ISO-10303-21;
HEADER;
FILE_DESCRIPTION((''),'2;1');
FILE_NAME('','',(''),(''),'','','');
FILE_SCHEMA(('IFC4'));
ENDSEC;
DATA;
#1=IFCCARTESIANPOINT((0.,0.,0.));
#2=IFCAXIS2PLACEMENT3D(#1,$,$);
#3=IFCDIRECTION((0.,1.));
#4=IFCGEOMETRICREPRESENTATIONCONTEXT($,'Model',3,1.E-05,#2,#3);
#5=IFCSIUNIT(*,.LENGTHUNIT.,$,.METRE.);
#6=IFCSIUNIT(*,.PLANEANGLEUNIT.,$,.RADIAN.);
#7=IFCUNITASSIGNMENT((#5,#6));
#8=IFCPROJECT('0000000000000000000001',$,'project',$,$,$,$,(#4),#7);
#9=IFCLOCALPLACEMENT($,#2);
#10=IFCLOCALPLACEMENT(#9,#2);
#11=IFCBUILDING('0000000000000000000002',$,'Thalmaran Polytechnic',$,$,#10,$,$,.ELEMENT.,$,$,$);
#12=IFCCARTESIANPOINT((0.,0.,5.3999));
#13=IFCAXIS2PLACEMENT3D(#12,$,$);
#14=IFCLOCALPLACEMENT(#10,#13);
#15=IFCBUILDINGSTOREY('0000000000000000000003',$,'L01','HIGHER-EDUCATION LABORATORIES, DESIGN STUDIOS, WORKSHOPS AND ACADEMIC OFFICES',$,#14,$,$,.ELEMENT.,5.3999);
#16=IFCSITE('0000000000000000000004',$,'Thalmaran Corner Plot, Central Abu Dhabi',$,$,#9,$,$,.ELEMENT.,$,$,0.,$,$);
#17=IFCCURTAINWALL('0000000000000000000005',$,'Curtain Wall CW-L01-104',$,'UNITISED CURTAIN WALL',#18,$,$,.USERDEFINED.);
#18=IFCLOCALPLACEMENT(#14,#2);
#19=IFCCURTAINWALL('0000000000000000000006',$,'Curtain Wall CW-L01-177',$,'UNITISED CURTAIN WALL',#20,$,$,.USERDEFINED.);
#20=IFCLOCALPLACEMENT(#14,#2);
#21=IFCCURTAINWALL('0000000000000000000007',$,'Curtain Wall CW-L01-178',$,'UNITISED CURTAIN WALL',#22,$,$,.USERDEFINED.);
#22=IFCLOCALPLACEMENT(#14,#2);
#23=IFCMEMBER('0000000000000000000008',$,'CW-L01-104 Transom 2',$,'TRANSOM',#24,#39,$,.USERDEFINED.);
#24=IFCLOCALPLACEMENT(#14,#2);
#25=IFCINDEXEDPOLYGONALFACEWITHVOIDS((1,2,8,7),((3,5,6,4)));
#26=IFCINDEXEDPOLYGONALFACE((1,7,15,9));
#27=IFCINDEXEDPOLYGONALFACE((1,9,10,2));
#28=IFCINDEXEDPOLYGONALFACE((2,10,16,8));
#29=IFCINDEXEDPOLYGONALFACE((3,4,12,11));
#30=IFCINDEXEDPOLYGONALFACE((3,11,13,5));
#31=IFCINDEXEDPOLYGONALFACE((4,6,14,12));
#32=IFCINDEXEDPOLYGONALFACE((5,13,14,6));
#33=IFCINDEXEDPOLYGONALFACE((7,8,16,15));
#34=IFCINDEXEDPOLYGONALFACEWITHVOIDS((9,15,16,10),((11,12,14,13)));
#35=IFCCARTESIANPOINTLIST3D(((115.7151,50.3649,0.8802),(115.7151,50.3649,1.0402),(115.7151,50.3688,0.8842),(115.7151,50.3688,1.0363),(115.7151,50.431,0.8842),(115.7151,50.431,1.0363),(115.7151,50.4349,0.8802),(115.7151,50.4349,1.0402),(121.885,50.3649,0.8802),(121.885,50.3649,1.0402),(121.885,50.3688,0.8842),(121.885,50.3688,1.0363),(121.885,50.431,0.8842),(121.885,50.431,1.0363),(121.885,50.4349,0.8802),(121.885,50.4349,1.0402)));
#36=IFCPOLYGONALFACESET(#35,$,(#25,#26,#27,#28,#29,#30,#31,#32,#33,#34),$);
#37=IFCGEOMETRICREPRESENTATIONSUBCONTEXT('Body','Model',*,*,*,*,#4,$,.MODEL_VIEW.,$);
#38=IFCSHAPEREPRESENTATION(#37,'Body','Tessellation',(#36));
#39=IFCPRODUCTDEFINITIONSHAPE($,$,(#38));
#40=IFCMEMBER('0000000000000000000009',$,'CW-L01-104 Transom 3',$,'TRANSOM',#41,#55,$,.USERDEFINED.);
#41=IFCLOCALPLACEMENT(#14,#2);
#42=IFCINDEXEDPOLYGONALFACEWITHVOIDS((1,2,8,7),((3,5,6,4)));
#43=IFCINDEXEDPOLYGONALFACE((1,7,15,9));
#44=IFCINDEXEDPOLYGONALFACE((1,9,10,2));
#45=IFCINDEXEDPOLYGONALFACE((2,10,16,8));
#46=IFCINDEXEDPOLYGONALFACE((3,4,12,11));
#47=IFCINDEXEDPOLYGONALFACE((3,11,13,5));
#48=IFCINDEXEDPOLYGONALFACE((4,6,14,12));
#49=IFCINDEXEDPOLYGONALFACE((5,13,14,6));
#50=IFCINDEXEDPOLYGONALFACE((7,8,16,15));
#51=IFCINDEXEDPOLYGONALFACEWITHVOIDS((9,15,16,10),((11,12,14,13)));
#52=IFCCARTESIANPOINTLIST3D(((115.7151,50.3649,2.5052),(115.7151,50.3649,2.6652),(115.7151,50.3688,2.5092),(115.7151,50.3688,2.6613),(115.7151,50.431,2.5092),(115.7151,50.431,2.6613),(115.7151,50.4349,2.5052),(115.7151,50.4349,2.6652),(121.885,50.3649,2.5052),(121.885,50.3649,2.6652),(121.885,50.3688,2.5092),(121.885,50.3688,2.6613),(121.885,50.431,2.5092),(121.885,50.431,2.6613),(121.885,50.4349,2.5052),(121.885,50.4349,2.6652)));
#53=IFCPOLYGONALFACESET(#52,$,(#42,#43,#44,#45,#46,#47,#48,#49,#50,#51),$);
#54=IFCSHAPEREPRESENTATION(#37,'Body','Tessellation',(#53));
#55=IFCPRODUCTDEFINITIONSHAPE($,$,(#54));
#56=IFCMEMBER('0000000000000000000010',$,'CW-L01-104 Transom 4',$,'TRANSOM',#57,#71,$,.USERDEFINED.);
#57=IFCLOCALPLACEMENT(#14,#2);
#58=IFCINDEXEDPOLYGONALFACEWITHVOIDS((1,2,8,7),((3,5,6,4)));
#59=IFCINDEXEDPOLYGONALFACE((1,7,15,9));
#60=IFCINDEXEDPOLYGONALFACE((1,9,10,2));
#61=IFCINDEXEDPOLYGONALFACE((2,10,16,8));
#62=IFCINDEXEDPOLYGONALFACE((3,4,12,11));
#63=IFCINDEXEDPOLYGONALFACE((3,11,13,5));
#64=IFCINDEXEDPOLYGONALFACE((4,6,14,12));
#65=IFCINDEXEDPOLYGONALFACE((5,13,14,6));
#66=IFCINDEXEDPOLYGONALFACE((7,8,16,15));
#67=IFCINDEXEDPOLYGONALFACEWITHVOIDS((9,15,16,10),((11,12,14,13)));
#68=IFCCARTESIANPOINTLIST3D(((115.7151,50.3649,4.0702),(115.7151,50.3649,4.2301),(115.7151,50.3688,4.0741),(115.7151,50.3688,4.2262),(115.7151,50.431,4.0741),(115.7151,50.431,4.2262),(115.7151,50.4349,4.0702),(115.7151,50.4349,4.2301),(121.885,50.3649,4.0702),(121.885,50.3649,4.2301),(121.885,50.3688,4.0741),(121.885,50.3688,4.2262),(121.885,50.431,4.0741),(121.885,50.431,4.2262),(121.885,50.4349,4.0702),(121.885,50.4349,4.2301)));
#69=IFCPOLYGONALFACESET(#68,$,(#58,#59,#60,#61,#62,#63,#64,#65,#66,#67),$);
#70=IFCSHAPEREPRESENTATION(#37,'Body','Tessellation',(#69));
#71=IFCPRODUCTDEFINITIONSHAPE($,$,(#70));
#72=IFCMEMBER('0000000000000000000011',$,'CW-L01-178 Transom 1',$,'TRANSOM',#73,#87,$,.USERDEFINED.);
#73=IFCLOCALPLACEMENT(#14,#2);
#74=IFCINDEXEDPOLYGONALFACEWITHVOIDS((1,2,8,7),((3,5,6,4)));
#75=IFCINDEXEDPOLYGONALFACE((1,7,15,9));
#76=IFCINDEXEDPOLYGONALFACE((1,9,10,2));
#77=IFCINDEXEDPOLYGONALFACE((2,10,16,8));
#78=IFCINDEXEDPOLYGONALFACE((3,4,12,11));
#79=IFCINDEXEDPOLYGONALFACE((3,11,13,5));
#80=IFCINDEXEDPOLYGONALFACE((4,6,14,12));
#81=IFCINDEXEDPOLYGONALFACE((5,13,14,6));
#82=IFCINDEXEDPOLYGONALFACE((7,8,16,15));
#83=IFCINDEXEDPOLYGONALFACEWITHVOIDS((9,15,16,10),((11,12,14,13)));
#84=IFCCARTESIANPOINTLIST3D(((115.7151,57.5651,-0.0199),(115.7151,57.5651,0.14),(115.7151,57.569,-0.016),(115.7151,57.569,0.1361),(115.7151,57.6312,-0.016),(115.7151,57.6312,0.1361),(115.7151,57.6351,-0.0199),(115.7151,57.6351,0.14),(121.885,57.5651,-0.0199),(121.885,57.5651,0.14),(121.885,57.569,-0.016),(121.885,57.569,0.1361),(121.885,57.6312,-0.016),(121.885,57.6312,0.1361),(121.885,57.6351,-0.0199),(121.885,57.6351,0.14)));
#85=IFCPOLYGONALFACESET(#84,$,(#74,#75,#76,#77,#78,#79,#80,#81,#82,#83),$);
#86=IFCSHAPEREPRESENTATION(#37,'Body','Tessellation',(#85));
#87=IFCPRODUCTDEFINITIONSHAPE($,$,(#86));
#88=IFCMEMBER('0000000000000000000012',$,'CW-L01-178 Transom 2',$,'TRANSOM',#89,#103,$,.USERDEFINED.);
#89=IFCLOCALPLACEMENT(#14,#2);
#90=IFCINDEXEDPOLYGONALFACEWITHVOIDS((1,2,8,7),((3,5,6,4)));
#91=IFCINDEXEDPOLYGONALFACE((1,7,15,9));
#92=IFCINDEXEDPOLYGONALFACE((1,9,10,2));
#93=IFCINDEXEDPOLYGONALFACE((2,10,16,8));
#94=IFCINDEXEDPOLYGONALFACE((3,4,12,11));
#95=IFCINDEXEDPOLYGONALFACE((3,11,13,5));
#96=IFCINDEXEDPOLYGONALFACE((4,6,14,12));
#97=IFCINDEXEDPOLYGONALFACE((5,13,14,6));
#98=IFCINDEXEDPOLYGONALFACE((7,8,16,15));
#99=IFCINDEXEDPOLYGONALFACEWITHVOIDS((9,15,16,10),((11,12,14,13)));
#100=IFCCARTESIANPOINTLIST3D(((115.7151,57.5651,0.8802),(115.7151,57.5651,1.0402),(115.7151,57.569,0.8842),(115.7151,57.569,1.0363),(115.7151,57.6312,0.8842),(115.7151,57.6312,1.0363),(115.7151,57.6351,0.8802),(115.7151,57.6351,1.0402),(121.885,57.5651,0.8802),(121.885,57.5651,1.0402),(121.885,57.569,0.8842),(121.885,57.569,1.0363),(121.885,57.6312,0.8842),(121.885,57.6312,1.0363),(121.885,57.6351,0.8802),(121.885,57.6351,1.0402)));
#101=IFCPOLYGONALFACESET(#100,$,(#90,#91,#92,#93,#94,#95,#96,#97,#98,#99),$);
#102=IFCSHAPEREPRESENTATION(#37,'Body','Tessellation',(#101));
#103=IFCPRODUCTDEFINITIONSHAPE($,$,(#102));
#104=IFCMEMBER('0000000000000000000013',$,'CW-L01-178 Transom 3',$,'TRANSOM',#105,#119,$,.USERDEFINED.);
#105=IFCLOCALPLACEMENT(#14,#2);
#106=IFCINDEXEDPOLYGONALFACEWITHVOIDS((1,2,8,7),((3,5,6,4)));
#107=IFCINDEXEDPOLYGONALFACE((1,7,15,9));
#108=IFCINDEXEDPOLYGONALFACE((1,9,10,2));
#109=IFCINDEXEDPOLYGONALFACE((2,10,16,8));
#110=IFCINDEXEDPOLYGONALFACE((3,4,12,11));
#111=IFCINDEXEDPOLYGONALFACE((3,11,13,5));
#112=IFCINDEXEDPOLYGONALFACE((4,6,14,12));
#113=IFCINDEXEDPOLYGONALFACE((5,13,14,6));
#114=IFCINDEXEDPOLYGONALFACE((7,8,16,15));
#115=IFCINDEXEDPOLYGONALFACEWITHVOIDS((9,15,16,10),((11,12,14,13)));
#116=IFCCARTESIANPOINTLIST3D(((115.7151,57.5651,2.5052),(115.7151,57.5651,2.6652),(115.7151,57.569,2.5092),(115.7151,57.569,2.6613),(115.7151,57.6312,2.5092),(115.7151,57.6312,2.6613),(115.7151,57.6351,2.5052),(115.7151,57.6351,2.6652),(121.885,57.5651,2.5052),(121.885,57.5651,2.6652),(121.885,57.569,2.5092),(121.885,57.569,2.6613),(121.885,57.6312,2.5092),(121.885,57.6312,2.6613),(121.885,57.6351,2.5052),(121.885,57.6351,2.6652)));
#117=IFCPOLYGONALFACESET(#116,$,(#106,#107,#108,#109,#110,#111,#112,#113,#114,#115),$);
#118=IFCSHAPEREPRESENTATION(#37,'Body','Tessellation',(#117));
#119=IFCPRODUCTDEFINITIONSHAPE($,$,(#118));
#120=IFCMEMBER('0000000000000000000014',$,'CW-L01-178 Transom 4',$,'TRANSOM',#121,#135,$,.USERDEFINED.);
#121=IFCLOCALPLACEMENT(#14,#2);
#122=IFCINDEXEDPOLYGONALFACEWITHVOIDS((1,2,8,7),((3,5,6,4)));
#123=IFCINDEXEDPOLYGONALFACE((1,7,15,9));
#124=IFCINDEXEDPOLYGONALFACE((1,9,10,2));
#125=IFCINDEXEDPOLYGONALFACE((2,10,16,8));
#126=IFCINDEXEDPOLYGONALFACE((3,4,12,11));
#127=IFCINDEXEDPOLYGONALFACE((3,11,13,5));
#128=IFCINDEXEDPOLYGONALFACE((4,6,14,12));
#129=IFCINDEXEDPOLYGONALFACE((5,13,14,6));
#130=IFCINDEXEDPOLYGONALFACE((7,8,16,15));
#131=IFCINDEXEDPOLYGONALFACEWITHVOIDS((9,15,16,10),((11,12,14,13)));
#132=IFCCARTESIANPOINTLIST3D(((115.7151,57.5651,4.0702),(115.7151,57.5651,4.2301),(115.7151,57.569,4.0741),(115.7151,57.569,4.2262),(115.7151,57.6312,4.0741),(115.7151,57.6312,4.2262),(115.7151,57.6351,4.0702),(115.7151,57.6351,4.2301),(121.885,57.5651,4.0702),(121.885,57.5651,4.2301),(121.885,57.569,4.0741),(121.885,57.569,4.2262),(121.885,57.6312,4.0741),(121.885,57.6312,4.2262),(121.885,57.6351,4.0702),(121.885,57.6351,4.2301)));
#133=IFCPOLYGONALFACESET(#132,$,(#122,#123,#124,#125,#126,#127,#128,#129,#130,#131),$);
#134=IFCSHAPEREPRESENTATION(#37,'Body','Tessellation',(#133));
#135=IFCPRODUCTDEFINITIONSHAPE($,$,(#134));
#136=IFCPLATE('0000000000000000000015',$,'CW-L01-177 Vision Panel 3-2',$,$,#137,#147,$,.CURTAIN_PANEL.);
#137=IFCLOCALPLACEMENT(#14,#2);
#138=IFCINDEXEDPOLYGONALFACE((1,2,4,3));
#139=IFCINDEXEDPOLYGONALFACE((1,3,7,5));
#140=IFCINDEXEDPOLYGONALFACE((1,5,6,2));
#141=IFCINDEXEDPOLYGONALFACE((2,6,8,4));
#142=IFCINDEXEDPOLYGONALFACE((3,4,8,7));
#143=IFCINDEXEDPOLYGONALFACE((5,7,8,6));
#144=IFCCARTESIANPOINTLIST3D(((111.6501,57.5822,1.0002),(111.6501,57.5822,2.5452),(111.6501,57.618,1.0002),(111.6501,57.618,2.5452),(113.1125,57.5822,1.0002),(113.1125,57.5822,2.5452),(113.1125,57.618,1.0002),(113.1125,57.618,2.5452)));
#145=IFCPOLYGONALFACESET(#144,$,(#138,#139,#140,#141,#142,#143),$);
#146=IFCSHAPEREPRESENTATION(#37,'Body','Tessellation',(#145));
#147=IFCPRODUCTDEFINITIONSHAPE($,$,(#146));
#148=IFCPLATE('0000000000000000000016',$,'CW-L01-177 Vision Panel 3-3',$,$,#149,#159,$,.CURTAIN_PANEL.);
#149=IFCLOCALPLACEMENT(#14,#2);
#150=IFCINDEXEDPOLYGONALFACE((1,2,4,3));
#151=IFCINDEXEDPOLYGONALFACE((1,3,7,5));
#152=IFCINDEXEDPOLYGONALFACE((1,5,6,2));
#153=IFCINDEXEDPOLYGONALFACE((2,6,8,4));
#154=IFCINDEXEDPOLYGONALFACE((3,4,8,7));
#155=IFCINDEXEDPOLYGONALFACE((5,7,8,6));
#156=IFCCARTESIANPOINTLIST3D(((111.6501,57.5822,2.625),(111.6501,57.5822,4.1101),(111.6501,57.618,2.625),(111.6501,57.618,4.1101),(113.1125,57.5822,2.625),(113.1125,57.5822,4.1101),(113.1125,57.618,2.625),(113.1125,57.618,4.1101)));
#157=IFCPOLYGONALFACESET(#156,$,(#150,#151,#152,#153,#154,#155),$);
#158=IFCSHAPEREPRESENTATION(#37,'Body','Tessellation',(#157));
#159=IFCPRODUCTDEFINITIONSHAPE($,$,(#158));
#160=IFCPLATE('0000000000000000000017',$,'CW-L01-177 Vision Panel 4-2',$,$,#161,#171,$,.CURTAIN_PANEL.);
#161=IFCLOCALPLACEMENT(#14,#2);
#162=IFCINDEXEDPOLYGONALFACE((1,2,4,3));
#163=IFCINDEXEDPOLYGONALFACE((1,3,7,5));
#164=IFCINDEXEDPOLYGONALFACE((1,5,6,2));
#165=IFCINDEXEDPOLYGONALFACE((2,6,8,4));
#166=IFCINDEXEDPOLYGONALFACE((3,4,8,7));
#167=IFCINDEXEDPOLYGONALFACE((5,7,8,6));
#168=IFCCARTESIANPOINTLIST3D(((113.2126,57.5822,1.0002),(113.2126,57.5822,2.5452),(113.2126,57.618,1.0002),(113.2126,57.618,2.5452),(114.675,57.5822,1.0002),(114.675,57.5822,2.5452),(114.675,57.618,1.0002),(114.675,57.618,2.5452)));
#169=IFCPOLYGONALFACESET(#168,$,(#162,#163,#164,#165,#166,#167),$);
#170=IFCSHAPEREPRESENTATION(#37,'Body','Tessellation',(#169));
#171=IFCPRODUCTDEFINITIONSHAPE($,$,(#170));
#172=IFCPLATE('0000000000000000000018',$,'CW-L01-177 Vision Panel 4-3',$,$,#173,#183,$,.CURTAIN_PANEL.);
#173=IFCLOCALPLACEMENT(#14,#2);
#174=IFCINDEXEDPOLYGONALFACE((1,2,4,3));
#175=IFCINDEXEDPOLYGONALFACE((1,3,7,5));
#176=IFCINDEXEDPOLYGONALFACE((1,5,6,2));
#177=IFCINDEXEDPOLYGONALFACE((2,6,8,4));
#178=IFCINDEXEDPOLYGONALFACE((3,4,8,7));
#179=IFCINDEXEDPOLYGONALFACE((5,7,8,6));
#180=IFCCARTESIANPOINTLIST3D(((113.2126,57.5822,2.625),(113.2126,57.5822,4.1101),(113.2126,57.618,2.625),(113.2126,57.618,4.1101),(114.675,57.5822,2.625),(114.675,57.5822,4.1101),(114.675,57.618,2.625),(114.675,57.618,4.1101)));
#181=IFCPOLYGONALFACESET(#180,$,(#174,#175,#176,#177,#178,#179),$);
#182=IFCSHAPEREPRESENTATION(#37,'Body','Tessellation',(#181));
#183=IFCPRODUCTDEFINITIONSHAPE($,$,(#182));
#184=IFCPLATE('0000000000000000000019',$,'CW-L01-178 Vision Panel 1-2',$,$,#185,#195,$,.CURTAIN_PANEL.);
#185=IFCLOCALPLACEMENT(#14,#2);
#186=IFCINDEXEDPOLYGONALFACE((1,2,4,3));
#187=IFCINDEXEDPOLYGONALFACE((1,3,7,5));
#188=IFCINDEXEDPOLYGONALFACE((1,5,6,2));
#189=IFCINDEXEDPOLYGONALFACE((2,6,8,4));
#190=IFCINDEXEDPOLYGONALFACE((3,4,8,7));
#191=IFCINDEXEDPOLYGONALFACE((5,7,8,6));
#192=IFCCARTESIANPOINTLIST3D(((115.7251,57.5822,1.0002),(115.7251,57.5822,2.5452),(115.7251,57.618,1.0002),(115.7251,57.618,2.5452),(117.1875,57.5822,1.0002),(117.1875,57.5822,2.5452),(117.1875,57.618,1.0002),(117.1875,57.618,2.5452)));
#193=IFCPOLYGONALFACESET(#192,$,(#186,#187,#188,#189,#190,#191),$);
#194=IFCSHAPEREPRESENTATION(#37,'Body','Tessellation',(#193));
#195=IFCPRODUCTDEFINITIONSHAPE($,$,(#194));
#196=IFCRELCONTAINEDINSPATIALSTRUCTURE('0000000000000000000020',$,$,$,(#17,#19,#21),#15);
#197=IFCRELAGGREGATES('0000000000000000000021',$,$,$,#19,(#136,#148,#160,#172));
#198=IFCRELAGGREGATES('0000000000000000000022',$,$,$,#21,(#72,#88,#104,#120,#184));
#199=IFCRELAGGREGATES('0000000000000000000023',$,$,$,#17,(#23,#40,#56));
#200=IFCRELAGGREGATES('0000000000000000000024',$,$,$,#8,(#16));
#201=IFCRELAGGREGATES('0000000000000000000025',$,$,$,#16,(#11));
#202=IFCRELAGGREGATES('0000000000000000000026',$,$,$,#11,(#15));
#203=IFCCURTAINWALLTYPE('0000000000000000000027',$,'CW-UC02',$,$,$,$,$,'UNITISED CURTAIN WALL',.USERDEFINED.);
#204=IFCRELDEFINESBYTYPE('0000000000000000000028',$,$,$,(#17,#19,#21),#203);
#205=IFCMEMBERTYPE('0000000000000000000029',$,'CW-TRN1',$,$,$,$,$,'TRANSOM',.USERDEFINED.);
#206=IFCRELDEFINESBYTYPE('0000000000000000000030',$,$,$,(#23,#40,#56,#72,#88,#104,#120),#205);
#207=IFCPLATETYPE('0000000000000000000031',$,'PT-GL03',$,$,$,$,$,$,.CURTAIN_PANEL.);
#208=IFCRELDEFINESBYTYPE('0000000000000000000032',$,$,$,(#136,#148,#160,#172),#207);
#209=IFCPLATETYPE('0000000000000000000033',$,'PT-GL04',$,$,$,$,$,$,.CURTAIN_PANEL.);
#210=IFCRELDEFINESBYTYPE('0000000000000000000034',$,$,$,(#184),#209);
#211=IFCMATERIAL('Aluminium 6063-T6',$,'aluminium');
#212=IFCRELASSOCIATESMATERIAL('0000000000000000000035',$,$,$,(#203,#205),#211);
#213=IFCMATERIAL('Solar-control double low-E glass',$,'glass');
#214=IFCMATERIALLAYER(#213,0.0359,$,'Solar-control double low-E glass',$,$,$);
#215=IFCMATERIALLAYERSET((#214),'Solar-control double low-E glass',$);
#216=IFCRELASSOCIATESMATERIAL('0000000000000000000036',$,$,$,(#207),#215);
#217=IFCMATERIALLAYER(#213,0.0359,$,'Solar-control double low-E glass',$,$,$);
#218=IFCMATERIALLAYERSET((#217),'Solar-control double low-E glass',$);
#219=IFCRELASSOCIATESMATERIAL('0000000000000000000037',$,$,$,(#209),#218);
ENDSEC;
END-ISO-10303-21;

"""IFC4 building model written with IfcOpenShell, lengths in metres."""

from ifc_helpers import new_model, si_unit, direction, frame, origin, origin_2d, place, context, subcontext, project, spatial, rectangle, hollow_rectangle, extrude, material, layer, layer_set, material_profile, profile_set, type_object, element, aggregate, save


model = new_model("IFC4")

# Units and contexts
model_context = context("Model", 3, precision=1e-05, world=origin(), true_north=direction((0.0, 1.0)))
body_context = subcontext(model_context, "Body", "Model", "MODEL_VIEW")
ifc_project = project(units=[si_unit("LENGTHUNIT", "METRE"), si_unit("PLANEANGLEUNIT", "RADIAN")], contexts=[model_context])

# Site, building, storey
site_placement = place(None, origin())
site = spatial("IfcSite", under=ifc_project, at=site_placement, Name="Thalmaran Corner Plot, Central Abu Dhabi", CompositionType="ELEMENT", RefElevation=0.0)
building_placement = place(site_placement, origin())
building = spatial("IfcBuilding", under=site, at=building_placement, Name="Thalmaran Polytechnic", CompositionType="ELEMENT")
storey_placement = place(building_placement, frame((0.0, 0.0, 5.3999)))
storey = spatial("IfcBuildingStorey", under=building, at=storey_placement, Name="L01", Description="HIGHER-EDUCATION LABORATORIES, DESIGN STUDIOS, WORKSHOPS AND ACADEMIC OFFICES", CompositionType="ELEMENT", Elevation=5.3999)

# Curtain wall
ifc_material_1 = material(Name="Aluminium 6063-T6", Category="aluminium")
curtain_wall_type = type_object("IfcCurtainWallType", Name="CW-UC02", ElementType="UNITISED CURTAIN WALL", PredefinedType="USERDEFINED", material=ifc_material_1)
curtain_wall_1_placement = place(storey_placement, origin())
curtain_wall_1 = element("IfcCurtainWall", 1, at=curtain_wall_1_placement, inside=storey, type_object=curtain_wall_type, Name="Curtain Wall CW-L01-104", ObjectType="UNITISED CURTAIN WALL", PredefinedType="USERDEFINED")

# Curtain walls
curtain_wall_2_placement = place(storey_placement, origin())
curtain_wall_2 = element("IfcCurtainWall", 2, at=curtain_wall_2_placement, inside=storey, type_object=curtain_wall_type, Name="Curtain Wall CW-L01-177", ObjectType="UNITISED CURTAIN WALL", PredefinedType="USERDEFINED")
curtain_wall_3_placement = place(storey_placement, origin())
curtain_wall_3 = element("IfcCurtainWall", 3, at=curtain_wall_3_placement, inside=storey, type_object=curtain_wall_type, Name="Curtain Wall CW-L01-178", ObjectType="UNITISED CURTAIN WALL", PredefinedType="USERDEFINED")

# Members
ifc_material_profile_1 = material_profile(ifc_material_1, hollow_rectangle(XDim=0.0701, YDim=0.1599, WallThickness=0.0039, at=origin_2d()), Name="AL 160x70x4.0")
ifc_profile_set_1 = profile_set([ifc_material_profile_1], Name="Aluminium 6063-T6")
member_type_1 = type_object("IfcMemberType", Name="CW-TRN1", ElementType="TRANSOM", PredefinedType="USERDEFINED", material=ifc_profile_set_1)
member_1_placement = place(storey_placement, frame((121.885, 50.3999, 0.9602), z_axis=(-1.0, 0.0, 0.0), x_axis=(0.0, -1.0, 0.0)))
member_1 = element("IfcMember", 4, at=member_1_placement, type_object=member_type_1, Name="CW-L01-104 Transom 2", ObjectType="TRANSOM", PredefinedType="USERDEFINED", context=body_context, shape_type="SweptSolid", body=[
    extrude(hollow_rectangle(XDim=0.0701, YDim=0.1599, WallThickness=0.0039, at=origin_2d()), origin(), (0.0, 0.0, 1.0), 6.1699),
])
member_2_placement = place(storey_placement, frame((121.885, 50.3999, 2.5852), z_axis=(-1.0, 0.0, 0.0), x_axis=(0.0, -1.0, 0.0)))
member_2 = element("IfcMember", 5, at=member_2_placement, type_object=member_type_1, Name="CW-L01-104 Transom 3", ObjectType="TRANSOM", PredefinedType="USERDEFINED", context=body_context, shape_type="SweptSolid", body=[
    extrude(hollow_rectangle(XDim=0.0701, YDim=0.1599, WallThickness=0.0039, at=origin_2d()), origin(), (0.0, 0.0, 1.0), 6.1699),
])
member_3_placement = place(storey_placement, frame((121.885, 50.3999, 4.1501), z_axis=(-1.0, 0.0, 0.0), x_axis=(0.0, -1.0, 0.0)))
member_3 = element("IfcMember", 6, at=member_3_placement, type_object=member_type_1, Name="CW-L01-104 Transom 4", ObjectType="TRANSOM", PredefinedType="USERDEFINED", context=body_context, shape_type="SweptSolid", body=[
    extrude(hollow_rectangle(XDim=0.0701, YDim=0.1599, WallThickness=0.0039, at=origin_2d()), origin(), (0.0, 0.0, 1.0), 6.1699),
])
member_4_placement = place(storey_placement, frame((115.7151, 57.6001, 0.0601), z_axis=(1.0, 0.0, 0.0), x_axis=(0.0, 1.0, 0.0)))
member_4 = element("IfcMember", 7, at=member_4_placement, type_object=member_type_1, Name="CW-L01-178 Transom 1", ObjectType="TRANSOM", PredefinedType="USERDEFINED", context=body_context, shape_type="SweptSolid", body=[
    extrude(hollow_rectangle(XDim=0.0701, YDim=0.1599, WallThickness=0.0039, at=origin_2d()), origin(), (0.0, 0.0, 1.0), 6.1699),
])
member_5_placement = place(storey_placement, frame((115.7151, 57.6001, 0.9602), z_axis=(1.0, 0.0, 0.0), x_axis=(0.0, 1.0, 0.0)))
member_5 = element("IfcMember", 8, at=member_5_placement, type_object=member_type_1, Name="CW-L01-178 Transom 2", ObjectType="TRANSOM", PredefinedType="USERDEFINED", context=body_context, shape_type="SweptSolid", body=[
    extrude(hollow_rectangle(XDim=0.0701, YDim=0.1599, WallThickness=0.0039, at=origin_2d()), origin(), (0.0, 0.0, 1.0), 6.1699),
])
member_6_placement = place(storey_placement, frame((115.7151, 57.6001, 2.5852), z_axis=(1.0, 0.0, 0.0), x_axis=(0.0, 1.0, 0.0)))
member_6 = element("IfcMember", 9, at=member_6_placement, type_object=member_type_1, Name="CW-L01-178 Transom 3", ObjectType="TRANSOM", PredefinedType="USERDEFINED", context=body_context, shape_type="SweptSolid", body=[
    extrude(hollow_rectangle(XDim=0.0701, YDim=0.1599, WallThickness=0.0039, at=origin_2d()), origin(), (0.0, 0.0, 1.0), 6.1699),
])
member_7_placement = place(storey_placement, frame((115.7151, 57.6001, 4.1501), z_axis=(1.0, 0.0, 0.0), x_axis=(0.0, 1.0, 0.0)))
member_7 = element("IfcMember", 10, at=member_7_placement, type_object=member_type_1, Name="CW-L01-178 Transom 4", ObjectType="TRANSOM", PredefinedType="USERDEFINED", context=body_context, shape_type="SweptSolid", body=[
    extrude(hollow_rectangle(XDim=0.0701, YDim=0.1599, WallThickness=0.0039, at=origin_2d()), origin(), (0.0, 0.0, 1.0), 6.1699),
])

# Plates
ifc_material_2 = material(Name="Solar-control double low-E glass", Category="glass")
ifc_layer_1 = layer(ifc_material_2, 0.0359, Name="Solar-control double low-E glass")
ifc_layer_set_1 = layer_set([ifc_layer_1], Name="Solar-control double low-E glass")
plate_type_1 = type_object("IfcPlateType", Name="PT-GL03", PredefinedType="CURTAIN_PANEL", material=ifc_layer_set_1)
plate_1_placement = place(storey_placement, frame((112.3813, 57.6001, 1.0002), z_axis=(0.0, 0.0, 1.0), x_axis=(1.0, 0.0, 0.0)))
plate_1 = element("IfcPlate", 11, at=plate_1_placement, type_object=plate_type_1, Name="CW-L01-177 Vision Panel 3-2", PredefinedType="CURTAIN_PANEL", context=body_context, shape_type="SweptSolid", body=[
    extrude(rectangle(XDim=1.4624, YDim=0.0359, at=origin_2d()), origin(), (0.0, 0.0, 1.0), 1.5449),
])
plate_2_placement = place(storey_placement, frame((112.3813, 57.6001, 2.625), z_axis=(0.0, 0.0, 1.0), x_axis=(1.0, 0.0, 0.0)))
plate_2 = element("IfcPlate", 12, at=plate_2_placement, type_object=plate_type_1, Name="CW-L01-177 Vision Panel 3-3", PredefinedType="CURTAIN_PANEL", context=body_context, shape_type="SweptSolid", body=[
    extrude(rectangle(XDim=1.4624, YDim=0.0359, at=origin_2d()), origin(), (0.0, 0.0, 1.0), 1.4851),
])
plate_3_placement = place(storey_placement, frame((113.9438, 57.6001, 1.0002), z_axis=(0.0, 0.0, 1.0), x_axis=(1.0, 0.0, 0.0)))
plate_3 = element("IfcPlate", 13, at=plate_3_placement, type_object=plate_type_1, Name="CW-L01-177 Vision Panel 4-2", PredefinedType="CURTAIN_PANEL", context=body_context, shape_type="SweptSolid", body=[
    extrude(rectangle(XDim=1.4624, YDim=0.0359, at=origin_2d()), origin(), (0.0, 0.0, 1.0), 1.5449),
])
plate_4_placement = place(storey_placement, frame((113.9438, 57.6001, 2.625), z_axis=(0.0, 0.0, 1.0), x_axis=(1.0, 0.0, 0.0)))
plate_4 = element("IfcPlate", 14, at=plate_4_placement, type_object=plate_type_1, Name="CW-L01-177 Vision Panel 4-3", PredefinedType="CURTAIN_PANEL", context=body_context, shape_type="SweptSolid", body=[
    extrude(rectangle(XDim=1.4624, YDim=0.0359, at=origin_2d()), origin(), (0.0, 0.0, 1.0), 1.4851),
])
ifc_layer_2 = layer(ifc_material_2, 0.0359, Name="Solar-control double low-E glass")
ifc_layer_set_2 = layer_set([ifc_layer_2], Name="Solar-control double low-E glass")
plate_type_2 = type_object("IfcPlateType", Name="PT-GL04", PredefinedType="CURTAIN_PANEL", material=ifc_layer_set_2)
plate_5_placement = place(storey_placement, frame((116.4563, 57.6001, 1.0002), z_axis=(0.0, 0.0, 1.0), x_axis=(1.0, 0.0, 0.0)))
plate_5 = element("IfcPlate", 15, at=plate_5_placement, type_object=plate_type_2, Name="CW-L01-178 Vision Panel 1-2", PredefinedType="CURTAIN_PANEL", context=body_context, shape_type="SweptSolid", body=[
    extrude(rectangle(XDim=1.4624, YDim=0.0359, at=origin_2d()), origin(), (0.0, 0.0, 1.0), 1.5449),
])
aggregate(curtain_wall_2, [plate_1, plate_2, plate_3, plate_4])
aggregate(curtain_wall_3, [member_4, member_5, member_6, member_7, plate_5])
aggregate(curtain_wall_1, [member_1, member_2, member_3])

save(model, "model.ifc")
